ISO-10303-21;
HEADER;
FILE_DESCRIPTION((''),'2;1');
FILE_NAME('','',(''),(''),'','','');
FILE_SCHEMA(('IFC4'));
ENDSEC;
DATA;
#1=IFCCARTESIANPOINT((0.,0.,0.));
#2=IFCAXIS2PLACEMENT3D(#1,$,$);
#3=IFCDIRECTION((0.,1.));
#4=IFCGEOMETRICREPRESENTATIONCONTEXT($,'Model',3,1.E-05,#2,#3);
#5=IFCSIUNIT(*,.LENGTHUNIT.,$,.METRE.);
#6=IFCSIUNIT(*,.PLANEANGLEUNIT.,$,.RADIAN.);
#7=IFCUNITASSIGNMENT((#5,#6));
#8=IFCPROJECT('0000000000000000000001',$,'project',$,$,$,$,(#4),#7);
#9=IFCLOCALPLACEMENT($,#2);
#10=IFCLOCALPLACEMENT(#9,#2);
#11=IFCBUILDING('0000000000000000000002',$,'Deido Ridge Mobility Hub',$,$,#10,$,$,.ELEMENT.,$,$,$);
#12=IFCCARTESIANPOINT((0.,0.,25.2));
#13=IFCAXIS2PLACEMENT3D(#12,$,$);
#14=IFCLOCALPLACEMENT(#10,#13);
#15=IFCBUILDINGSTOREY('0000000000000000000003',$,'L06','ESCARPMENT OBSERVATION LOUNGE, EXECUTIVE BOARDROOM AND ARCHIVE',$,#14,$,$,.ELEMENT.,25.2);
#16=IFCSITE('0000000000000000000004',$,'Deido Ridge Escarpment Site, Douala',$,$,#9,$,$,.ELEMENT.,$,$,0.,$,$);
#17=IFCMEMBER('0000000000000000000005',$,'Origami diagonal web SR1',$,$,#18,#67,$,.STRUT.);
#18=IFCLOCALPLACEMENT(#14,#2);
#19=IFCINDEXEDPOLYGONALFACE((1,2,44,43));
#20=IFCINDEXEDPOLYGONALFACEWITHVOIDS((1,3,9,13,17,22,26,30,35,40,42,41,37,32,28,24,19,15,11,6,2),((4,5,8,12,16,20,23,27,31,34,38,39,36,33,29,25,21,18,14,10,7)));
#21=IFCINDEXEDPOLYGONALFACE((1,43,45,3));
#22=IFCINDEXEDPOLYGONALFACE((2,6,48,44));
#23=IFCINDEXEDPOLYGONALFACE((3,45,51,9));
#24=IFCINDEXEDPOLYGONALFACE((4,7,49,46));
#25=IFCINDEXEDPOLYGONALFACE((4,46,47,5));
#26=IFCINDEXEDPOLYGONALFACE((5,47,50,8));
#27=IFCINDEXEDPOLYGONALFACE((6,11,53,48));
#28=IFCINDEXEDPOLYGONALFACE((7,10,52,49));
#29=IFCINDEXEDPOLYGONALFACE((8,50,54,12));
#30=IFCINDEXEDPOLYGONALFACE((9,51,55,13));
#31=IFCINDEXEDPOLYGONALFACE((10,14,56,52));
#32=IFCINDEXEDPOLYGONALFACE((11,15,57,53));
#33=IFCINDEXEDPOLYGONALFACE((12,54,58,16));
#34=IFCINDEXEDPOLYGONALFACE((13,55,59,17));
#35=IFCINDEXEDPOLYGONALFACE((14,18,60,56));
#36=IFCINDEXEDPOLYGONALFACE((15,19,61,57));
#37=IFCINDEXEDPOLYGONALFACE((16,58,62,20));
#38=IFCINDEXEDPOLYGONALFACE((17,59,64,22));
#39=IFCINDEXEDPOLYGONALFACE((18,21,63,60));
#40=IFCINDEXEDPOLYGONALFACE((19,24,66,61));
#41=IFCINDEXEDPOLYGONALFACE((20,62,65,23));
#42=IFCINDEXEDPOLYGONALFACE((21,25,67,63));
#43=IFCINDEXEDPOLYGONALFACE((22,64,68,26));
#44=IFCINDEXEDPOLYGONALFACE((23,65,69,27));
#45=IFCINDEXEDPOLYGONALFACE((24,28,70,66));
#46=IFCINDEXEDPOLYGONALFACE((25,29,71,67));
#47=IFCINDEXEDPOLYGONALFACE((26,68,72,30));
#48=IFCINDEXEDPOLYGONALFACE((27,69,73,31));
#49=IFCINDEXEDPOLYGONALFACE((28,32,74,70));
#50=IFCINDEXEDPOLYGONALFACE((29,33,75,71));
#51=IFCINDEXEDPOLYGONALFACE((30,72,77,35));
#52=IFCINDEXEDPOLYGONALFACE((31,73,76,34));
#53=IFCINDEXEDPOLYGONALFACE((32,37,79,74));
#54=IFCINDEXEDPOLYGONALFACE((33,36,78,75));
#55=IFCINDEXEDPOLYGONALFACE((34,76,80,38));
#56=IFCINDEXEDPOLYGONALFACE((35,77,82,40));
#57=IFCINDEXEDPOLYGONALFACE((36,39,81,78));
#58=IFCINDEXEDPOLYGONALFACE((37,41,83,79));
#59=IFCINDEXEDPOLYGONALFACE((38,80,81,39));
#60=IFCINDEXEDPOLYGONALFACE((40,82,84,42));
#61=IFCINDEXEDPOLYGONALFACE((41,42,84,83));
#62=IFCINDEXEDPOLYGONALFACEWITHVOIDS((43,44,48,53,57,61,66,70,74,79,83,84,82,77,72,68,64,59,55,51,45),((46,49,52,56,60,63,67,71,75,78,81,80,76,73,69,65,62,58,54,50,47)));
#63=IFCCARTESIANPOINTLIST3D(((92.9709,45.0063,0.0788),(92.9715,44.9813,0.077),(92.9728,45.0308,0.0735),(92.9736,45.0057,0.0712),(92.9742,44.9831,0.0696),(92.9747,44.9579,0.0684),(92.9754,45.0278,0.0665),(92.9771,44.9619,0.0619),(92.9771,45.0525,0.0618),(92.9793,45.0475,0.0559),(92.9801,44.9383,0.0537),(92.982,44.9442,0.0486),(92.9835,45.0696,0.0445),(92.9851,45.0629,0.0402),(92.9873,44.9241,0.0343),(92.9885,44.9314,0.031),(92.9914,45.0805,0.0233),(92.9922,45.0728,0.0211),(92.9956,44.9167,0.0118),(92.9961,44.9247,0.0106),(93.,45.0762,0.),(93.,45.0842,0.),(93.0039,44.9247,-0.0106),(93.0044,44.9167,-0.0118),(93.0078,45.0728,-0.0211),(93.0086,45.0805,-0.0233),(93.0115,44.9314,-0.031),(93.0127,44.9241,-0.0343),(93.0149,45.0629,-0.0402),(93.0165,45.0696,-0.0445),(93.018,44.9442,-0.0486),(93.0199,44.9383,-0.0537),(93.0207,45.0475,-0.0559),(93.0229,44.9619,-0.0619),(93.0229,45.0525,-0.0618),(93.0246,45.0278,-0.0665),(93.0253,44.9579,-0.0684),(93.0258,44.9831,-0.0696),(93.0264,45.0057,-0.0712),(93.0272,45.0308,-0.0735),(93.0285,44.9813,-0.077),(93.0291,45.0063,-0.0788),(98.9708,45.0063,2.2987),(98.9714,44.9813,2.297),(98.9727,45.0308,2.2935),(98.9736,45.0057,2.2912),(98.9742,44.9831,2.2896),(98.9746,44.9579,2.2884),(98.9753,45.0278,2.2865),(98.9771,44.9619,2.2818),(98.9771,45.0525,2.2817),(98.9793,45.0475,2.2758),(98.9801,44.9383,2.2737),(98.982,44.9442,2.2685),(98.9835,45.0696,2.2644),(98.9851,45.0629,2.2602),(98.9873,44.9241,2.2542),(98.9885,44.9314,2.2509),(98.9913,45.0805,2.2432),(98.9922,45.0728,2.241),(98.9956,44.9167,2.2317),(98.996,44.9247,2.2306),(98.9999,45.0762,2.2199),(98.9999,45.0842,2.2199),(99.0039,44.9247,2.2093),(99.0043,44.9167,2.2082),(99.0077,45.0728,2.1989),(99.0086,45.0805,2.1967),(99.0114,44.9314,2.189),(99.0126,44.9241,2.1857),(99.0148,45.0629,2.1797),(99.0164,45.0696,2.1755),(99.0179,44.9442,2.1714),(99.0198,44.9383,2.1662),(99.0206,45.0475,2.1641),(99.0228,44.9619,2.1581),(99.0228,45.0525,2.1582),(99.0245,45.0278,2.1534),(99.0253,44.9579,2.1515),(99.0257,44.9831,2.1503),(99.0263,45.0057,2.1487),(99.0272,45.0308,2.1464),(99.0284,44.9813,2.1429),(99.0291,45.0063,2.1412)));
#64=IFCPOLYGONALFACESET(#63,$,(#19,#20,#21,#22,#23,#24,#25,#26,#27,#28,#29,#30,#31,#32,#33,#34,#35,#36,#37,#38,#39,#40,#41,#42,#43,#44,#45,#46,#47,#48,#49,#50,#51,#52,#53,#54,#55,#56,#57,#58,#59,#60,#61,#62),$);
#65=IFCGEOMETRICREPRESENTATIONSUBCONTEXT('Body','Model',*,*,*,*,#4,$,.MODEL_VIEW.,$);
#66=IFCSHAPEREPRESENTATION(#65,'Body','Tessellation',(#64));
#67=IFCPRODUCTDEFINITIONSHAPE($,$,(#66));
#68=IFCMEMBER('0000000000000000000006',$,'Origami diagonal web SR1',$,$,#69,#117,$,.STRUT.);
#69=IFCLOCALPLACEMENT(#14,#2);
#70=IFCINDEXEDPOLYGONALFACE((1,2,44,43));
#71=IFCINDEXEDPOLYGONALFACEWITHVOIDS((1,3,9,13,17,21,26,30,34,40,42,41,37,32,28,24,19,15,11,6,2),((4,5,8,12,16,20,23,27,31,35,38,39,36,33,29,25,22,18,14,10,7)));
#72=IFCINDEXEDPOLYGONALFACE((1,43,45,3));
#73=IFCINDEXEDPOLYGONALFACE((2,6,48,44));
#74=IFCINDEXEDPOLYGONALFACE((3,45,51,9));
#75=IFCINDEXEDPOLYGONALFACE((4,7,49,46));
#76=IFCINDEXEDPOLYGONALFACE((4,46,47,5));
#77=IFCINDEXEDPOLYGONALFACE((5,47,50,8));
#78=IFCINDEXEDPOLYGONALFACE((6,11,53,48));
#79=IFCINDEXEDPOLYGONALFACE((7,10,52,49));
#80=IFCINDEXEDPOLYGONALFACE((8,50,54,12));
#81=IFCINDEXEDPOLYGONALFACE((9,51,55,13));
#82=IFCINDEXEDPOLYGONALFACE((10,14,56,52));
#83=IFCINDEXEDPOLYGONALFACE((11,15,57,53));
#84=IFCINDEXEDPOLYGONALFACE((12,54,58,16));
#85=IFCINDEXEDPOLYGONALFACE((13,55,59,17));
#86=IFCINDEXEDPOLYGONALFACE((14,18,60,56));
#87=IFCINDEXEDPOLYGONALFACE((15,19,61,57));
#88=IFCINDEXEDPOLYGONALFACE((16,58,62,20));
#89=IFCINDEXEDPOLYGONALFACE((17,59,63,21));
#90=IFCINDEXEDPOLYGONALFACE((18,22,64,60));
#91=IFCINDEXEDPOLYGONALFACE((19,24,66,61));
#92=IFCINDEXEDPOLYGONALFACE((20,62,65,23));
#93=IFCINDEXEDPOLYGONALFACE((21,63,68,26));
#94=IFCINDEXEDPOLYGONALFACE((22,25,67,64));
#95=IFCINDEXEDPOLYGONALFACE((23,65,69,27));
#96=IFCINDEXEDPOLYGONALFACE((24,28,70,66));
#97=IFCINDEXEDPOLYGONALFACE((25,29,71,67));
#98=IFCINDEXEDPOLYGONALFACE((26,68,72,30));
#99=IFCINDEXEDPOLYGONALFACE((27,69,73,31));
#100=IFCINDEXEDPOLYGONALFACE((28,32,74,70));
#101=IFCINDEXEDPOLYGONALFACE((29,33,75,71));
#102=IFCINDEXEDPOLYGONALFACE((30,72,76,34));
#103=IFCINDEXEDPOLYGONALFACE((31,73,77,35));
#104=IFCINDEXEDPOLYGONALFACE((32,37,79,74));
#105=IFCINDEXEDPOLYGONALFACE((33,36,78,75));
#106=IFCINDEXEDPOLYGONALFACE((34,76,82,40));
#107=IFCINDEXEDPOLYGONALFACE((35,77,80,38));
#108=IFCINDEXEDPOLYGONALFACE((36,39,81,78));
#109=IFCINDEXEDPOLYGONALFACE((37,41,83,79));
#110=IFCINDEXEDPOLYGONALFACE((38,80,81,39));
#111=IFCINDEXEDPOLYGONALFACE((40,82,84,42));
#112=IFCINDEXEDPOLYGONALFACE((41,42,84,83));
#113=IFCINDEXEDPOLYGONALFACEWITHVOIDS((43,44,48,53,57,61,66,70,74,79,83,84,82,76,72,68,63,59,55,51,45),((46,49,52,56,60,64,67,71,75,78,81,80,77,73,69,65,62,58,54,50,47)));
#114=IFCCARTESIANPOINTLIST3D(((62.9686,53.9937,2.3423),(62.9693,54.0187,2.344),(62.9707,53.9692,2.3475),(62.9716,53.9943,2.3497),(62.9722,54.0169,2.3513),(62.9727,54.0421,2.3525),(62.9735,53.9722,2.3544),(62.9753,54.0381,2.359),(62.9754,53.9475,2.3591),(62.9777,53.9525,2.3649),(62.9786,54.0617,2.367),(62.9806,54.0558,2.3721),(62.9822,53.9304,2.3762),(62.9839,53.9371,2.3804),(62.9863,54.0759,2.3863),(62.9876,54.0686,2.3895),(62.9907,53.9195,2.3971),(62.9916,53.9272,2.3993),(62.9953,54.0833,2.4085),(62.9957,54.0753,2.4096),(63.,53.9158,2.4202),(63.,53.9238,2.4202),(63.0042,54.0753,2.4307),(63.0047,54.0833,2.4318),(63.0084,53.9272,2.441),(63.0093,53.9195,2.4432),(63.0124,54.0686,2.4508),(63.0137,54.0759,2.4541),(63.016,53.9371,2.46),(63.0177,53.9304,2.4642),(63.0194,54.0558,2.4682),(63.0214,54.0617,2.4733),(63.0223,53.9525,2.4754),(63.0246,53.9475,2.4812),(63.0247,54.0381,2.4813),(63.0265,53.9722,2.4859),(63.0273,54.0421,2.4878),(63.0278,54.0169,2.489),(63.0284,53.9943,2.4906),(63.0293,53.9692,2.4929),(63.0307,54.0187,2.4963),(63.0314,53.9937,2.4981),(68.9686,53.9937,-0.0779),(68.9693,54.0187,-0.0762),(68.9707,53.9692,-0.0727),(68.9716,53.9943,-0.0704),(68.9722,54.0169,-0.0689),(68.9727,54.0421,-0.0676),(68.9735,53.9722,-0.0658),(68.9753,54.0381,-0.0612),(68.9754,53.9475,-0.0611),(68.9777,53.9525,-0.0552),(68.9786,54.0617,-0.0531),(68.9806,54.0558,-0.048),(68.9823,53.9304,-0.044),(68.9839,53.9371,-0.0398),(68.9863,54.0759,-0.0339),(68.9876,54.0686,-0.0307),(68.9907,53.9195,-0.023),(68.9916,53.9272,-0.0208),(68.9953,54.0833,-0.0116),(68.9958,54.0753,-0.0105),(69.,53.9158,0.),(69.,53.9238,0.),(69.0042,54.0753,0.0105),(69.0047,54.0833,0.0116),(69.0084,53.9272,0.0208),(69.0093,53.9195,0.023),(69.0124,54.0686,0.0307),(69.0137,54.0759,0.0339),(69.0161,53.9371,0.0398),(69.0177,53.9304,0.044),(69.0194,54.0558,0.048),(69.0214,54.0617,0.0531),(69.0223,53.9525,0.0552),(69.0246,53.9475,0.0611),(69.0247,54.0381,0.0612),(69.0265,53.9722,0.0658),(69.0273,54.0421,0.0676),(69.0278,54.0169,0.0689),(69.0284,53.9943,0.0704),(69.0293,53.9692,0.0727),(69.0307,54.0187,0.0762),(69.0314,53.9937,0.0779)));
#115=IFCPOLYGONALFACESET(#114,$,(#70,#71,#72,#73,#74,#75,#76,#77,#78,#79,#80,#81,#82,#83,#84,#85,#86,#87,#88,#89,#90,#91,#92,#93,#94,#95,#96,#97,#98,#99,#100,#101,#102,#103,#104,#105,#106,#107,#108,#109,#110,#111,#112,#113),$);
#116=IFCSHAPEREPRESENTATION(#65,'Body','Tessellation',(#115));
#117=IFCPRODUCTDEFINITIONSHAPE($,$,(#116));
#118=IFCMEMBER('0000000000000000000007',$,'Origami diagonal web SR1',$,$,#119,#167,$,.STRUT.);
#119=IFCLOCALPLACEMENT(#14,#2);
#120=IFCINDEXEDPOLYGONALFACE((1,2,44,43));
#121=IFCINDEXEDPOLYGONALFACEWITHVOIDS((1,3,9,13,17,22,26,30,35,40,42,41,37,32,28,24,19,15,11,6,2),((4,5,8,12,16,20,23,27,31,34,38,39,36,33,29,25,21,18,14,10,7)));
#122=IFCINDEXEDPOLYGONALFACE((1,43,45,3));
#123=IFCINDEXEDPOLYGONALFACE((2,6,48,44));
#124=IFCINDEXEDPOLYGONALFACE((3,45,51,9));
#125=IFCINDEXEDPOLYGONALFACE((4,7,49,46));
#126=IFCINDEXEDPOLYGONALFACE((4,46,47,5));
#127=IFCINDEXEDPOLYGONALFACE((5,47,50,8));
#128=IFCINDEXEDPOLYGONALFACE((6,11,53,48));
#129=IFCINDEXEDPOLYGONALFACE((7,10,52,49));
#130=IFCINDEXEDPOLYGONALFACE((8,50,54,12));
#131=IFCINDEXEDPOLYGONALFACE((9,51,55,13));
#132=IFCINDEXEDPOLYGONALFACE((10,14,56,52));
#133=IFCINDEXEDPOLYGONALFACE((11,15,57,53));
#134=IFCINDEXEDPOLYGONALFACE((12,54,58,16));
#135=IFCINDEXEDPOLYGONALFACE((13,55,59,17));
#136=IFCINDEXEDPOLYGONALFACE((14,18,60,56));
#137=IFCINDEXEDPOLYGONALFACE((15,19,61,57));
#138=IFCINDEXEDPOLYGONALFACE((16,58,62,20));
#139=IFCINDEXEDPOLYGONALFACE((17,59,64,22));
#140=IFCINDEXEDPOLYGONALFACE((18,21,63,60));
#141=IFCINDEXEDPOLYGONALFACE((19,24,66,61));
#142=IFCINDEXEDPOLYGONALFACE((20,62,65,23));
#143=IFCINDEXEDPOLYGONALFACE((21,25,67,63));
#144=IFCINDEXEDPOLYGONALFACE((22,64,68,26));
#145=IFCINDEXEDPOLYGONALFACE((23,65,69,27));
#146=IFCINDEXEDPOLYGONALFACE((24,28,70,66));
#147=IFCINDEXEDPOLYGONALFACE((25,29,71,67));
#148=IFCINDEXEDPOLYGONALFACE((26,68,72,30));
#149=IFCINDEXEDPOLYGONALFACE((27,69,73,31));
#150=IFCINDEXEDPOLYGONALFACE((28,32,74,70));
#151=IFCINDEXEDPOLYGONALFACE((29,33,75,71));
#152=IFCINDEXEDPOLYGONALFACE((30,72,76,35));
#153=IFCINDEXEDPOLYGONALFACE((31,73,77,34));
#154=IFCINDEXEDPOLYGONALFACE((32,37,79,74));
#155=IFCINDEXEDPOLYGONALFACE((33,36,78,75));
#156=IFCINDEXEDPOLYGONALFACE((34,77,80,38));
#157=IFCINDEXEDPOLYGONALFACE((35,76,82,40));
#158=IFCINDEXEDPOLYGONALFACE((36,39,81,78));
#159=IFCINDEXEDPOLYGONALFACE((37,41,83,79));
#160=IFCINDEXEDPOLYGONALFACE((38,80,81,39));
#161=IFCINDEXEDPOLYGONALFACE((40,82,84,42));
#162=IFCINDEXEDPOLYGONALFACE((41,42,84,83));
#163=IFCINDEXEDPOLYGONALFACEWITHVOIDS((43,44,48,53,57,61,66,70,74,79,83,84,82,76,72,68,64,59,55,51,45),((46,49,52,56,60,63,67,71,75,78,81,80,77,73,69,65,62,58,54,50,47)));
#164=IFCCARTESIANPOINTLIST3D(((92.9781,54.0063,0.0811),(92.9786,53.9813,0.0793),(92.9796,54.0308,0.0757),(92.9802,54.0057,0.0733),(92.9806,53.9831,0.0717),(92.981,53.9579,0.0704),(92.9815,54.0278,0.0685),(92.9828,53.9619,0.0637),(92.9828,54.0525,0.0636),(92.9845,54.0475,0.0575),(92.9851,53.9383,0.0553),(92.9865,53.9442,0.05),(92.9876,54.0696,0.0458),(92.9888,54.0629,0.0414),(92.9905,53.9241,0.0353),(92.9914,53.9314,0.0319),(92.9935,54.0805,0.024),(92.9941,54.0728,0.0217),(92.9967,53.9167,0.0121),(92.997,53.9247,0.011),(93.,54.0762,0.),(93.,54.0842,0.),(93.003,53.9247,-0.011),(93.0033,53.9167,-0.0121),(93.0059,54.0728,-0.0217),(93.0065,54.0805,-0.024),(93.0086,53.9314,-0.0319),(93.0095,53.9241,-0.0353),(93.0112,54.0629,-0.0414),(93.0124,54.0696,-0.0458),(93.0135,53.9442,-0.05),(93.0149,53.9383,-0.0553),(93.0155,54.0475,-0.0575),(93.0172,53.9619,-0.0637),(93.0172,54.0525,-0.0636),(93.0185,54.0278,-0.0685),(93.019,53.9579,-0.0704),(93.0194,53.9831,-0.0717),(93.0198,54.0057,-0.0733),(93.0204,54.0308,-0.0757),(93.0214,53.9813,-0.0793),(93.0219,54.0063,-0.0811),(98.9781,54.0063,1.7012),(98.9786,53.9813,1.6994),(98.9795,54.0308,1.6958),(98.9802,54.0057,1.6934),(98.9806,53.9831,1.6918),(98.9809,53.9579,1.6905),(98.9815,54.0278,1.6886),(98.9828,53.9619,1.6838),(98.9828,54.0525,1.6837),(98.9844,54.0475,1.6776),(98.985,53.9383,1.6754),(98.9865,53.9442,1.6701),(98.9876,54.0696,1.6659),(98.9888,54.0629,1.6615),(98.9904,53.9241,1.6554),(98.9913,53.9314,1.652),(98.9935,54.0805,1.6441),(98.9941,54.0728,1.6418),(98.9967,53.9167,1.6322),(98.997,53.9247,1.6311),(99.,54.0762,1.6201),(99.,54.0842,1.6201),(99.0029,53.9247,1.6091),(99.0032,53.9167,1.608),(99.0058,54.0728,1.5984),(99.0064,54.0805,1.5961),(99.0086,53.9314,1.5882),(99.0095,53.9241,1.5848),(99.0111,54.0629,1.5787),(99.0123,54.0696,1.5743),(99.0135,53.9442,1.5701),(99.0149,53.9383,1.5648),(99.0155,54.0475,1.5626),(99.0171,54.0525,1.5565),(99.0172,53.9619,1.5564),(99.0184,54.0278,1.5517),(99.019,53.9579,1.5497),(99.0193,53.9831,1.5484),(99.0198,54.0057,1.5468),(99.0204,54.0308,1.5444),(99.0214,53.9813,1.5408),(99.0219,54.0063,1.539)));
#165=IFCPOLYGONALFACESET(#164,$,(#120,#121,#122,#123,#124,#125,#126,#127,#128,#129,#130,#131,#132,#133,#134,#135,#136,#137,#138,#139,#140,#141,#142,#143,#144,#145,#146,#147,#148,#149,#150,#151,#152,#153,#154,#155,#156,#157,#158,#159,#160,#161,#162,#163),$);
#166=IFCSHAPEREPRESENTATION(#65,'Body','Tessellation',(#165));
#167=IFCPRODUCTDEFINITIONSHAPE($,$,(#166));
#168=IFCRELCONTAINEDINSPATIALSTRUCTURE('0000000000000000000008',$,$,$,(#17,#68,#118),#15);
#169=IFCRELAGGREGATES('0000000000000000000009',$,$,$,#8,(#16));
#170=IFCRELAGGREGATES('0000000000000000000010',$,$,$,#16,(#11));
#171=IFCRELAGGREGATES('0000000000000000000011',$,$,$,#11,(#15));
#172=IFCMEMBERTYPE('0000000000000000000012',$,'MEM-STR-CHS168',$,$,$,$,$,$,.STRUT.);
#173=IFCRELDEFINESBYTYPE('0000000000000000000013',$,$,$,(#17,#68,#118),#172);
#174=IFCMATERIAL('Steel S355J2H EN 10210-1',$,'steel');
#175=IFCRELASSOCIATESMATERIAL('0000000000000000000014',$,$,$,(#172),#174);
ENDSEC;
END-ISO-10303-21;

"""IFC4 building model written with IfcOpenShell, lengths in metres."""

from ifc_helpers import new_model, si_unit, direction, frame, origin, origin_2d, place, context, subcontext, project, spatial, hollow_circle, extrude, material, material_profile, profile_set, type_object, element, save


model = new_model("IFC4")

# Units and contexts
model_context = context("Model", 3, precision=1e-05, world=origin(), true_north=direction((0.0, 1.0)))
body_context = subcontext(model_context, "Body", "Model", "MODEL_VIEW")
ifc_project = project(units=[si_unit("LENGTHUNIT", "METRE"), si_unit("PLANEANGLEUNIT", "RADIAN")], contexts=[model_context])

# Site, building, storey
site_placement = place(None, origin())
site = spatial("IfcSite", under=ifc_project, at=site_placement, Name="Deido Ridge Escarpment Site, Douala", CompositionType="ELEMENT", RefElevation=0.0)
building_placement = place(site_placement, origin())
building = spatial("IfcBuilding", under=site, at=building_placement, Name="Deido Ridge Mobility Hub", CompositionType="ELEMENT")
storey_placement = place(building_placement, frame((0.0, 0.0, 25.2)))
storey = spatial("IfcBuildingStorey", under=building, at=storey_placement, Name="L06", Description="ESCARPMENT OBSERVATION LOUNGE, EXECUTIVE BOARDROOM AND ARCHIVE", CompositionType="ELEMENT", Elevation=25.2)

# Members
ifc_material_1 = material(Name="Steel S355J2H EN 10210-1", Category="steel")
ifc_material_profile_1 = material_profile(ifc_material_1, hollow_circle(Radius=0.0842, WallThickness=0.0081, at=origin_2d()), Name="CHS 168.3x8")
ifc_profile_set_1 = profile_set([ifc_material_profile_1], Name="Steel S355J2H EN 10210-1")
member_type_1 = type_object("IfcMemberType", Name="MEM-STR-CHS168", PredefinedType="STRUT", material=ifc_profile_set_1)
member_1_placement = place(storey_placement, frame((93.0, 45.0, 0.0), z_axis=(0.937863, 0.0, 0.347005), x_axis=(0.0, 1.0, 0.0)))
element("IfcMember", 1, at=member_1_placement, inside=storey, type_object=member_type_1, Name="Origami diagonal web SR1", PredefinedType="STRUT", context=body_context, shape_type="SweptSolid", body=[
    extrude(hollow_circle(Radius=0.0842, WallThickness=0.0081, at=origin_2d()), origin(), (0.0, 0.0, 1.0), 6.3975),
])
member_2_placement = place(storey_placement, frame((69.0, 54.0, 0.0), z_axis=(-0.927398, 0.0, 0.374076), x_axis=(0.0, -1.0, 0.0)))
element("IfcMember", 2, at=member_2_placement, inside=storey, type_object=member_type_1, Name="Origami diagonal web SR1", PredefinedType="STRUT", context=body_context, shape_type="SweptSolid", body=[
    extrude(hollow_circle(Radius=0.0842, WallThickness=0.0081, at=origin_2d()), origin(), (0.0, 0.0, 1.0), 6.4697),
])
member_3_placement = place(storey_placement, frame((93.0, 54.0, 0.0), z_axis=(0.965424, 0.0, 0.260683), x_axis=(0.0, 1.0, 0.0)))
element("IfcMember", 3, at=member_3_placement, inside=storey, type_object=member_type_1, Name="Origami diagonal web SR1", PredefinedType="STRUT", context=body_context, shape_type="SweptSolid", body=[
    extrude(hollow_circle(Radius=0.0842, WallThickness=0.0081, at=origin_2d()), origin(), (0.0, 0.0, 1.0), 6.2148),
])

save(model, "model.ifc")
